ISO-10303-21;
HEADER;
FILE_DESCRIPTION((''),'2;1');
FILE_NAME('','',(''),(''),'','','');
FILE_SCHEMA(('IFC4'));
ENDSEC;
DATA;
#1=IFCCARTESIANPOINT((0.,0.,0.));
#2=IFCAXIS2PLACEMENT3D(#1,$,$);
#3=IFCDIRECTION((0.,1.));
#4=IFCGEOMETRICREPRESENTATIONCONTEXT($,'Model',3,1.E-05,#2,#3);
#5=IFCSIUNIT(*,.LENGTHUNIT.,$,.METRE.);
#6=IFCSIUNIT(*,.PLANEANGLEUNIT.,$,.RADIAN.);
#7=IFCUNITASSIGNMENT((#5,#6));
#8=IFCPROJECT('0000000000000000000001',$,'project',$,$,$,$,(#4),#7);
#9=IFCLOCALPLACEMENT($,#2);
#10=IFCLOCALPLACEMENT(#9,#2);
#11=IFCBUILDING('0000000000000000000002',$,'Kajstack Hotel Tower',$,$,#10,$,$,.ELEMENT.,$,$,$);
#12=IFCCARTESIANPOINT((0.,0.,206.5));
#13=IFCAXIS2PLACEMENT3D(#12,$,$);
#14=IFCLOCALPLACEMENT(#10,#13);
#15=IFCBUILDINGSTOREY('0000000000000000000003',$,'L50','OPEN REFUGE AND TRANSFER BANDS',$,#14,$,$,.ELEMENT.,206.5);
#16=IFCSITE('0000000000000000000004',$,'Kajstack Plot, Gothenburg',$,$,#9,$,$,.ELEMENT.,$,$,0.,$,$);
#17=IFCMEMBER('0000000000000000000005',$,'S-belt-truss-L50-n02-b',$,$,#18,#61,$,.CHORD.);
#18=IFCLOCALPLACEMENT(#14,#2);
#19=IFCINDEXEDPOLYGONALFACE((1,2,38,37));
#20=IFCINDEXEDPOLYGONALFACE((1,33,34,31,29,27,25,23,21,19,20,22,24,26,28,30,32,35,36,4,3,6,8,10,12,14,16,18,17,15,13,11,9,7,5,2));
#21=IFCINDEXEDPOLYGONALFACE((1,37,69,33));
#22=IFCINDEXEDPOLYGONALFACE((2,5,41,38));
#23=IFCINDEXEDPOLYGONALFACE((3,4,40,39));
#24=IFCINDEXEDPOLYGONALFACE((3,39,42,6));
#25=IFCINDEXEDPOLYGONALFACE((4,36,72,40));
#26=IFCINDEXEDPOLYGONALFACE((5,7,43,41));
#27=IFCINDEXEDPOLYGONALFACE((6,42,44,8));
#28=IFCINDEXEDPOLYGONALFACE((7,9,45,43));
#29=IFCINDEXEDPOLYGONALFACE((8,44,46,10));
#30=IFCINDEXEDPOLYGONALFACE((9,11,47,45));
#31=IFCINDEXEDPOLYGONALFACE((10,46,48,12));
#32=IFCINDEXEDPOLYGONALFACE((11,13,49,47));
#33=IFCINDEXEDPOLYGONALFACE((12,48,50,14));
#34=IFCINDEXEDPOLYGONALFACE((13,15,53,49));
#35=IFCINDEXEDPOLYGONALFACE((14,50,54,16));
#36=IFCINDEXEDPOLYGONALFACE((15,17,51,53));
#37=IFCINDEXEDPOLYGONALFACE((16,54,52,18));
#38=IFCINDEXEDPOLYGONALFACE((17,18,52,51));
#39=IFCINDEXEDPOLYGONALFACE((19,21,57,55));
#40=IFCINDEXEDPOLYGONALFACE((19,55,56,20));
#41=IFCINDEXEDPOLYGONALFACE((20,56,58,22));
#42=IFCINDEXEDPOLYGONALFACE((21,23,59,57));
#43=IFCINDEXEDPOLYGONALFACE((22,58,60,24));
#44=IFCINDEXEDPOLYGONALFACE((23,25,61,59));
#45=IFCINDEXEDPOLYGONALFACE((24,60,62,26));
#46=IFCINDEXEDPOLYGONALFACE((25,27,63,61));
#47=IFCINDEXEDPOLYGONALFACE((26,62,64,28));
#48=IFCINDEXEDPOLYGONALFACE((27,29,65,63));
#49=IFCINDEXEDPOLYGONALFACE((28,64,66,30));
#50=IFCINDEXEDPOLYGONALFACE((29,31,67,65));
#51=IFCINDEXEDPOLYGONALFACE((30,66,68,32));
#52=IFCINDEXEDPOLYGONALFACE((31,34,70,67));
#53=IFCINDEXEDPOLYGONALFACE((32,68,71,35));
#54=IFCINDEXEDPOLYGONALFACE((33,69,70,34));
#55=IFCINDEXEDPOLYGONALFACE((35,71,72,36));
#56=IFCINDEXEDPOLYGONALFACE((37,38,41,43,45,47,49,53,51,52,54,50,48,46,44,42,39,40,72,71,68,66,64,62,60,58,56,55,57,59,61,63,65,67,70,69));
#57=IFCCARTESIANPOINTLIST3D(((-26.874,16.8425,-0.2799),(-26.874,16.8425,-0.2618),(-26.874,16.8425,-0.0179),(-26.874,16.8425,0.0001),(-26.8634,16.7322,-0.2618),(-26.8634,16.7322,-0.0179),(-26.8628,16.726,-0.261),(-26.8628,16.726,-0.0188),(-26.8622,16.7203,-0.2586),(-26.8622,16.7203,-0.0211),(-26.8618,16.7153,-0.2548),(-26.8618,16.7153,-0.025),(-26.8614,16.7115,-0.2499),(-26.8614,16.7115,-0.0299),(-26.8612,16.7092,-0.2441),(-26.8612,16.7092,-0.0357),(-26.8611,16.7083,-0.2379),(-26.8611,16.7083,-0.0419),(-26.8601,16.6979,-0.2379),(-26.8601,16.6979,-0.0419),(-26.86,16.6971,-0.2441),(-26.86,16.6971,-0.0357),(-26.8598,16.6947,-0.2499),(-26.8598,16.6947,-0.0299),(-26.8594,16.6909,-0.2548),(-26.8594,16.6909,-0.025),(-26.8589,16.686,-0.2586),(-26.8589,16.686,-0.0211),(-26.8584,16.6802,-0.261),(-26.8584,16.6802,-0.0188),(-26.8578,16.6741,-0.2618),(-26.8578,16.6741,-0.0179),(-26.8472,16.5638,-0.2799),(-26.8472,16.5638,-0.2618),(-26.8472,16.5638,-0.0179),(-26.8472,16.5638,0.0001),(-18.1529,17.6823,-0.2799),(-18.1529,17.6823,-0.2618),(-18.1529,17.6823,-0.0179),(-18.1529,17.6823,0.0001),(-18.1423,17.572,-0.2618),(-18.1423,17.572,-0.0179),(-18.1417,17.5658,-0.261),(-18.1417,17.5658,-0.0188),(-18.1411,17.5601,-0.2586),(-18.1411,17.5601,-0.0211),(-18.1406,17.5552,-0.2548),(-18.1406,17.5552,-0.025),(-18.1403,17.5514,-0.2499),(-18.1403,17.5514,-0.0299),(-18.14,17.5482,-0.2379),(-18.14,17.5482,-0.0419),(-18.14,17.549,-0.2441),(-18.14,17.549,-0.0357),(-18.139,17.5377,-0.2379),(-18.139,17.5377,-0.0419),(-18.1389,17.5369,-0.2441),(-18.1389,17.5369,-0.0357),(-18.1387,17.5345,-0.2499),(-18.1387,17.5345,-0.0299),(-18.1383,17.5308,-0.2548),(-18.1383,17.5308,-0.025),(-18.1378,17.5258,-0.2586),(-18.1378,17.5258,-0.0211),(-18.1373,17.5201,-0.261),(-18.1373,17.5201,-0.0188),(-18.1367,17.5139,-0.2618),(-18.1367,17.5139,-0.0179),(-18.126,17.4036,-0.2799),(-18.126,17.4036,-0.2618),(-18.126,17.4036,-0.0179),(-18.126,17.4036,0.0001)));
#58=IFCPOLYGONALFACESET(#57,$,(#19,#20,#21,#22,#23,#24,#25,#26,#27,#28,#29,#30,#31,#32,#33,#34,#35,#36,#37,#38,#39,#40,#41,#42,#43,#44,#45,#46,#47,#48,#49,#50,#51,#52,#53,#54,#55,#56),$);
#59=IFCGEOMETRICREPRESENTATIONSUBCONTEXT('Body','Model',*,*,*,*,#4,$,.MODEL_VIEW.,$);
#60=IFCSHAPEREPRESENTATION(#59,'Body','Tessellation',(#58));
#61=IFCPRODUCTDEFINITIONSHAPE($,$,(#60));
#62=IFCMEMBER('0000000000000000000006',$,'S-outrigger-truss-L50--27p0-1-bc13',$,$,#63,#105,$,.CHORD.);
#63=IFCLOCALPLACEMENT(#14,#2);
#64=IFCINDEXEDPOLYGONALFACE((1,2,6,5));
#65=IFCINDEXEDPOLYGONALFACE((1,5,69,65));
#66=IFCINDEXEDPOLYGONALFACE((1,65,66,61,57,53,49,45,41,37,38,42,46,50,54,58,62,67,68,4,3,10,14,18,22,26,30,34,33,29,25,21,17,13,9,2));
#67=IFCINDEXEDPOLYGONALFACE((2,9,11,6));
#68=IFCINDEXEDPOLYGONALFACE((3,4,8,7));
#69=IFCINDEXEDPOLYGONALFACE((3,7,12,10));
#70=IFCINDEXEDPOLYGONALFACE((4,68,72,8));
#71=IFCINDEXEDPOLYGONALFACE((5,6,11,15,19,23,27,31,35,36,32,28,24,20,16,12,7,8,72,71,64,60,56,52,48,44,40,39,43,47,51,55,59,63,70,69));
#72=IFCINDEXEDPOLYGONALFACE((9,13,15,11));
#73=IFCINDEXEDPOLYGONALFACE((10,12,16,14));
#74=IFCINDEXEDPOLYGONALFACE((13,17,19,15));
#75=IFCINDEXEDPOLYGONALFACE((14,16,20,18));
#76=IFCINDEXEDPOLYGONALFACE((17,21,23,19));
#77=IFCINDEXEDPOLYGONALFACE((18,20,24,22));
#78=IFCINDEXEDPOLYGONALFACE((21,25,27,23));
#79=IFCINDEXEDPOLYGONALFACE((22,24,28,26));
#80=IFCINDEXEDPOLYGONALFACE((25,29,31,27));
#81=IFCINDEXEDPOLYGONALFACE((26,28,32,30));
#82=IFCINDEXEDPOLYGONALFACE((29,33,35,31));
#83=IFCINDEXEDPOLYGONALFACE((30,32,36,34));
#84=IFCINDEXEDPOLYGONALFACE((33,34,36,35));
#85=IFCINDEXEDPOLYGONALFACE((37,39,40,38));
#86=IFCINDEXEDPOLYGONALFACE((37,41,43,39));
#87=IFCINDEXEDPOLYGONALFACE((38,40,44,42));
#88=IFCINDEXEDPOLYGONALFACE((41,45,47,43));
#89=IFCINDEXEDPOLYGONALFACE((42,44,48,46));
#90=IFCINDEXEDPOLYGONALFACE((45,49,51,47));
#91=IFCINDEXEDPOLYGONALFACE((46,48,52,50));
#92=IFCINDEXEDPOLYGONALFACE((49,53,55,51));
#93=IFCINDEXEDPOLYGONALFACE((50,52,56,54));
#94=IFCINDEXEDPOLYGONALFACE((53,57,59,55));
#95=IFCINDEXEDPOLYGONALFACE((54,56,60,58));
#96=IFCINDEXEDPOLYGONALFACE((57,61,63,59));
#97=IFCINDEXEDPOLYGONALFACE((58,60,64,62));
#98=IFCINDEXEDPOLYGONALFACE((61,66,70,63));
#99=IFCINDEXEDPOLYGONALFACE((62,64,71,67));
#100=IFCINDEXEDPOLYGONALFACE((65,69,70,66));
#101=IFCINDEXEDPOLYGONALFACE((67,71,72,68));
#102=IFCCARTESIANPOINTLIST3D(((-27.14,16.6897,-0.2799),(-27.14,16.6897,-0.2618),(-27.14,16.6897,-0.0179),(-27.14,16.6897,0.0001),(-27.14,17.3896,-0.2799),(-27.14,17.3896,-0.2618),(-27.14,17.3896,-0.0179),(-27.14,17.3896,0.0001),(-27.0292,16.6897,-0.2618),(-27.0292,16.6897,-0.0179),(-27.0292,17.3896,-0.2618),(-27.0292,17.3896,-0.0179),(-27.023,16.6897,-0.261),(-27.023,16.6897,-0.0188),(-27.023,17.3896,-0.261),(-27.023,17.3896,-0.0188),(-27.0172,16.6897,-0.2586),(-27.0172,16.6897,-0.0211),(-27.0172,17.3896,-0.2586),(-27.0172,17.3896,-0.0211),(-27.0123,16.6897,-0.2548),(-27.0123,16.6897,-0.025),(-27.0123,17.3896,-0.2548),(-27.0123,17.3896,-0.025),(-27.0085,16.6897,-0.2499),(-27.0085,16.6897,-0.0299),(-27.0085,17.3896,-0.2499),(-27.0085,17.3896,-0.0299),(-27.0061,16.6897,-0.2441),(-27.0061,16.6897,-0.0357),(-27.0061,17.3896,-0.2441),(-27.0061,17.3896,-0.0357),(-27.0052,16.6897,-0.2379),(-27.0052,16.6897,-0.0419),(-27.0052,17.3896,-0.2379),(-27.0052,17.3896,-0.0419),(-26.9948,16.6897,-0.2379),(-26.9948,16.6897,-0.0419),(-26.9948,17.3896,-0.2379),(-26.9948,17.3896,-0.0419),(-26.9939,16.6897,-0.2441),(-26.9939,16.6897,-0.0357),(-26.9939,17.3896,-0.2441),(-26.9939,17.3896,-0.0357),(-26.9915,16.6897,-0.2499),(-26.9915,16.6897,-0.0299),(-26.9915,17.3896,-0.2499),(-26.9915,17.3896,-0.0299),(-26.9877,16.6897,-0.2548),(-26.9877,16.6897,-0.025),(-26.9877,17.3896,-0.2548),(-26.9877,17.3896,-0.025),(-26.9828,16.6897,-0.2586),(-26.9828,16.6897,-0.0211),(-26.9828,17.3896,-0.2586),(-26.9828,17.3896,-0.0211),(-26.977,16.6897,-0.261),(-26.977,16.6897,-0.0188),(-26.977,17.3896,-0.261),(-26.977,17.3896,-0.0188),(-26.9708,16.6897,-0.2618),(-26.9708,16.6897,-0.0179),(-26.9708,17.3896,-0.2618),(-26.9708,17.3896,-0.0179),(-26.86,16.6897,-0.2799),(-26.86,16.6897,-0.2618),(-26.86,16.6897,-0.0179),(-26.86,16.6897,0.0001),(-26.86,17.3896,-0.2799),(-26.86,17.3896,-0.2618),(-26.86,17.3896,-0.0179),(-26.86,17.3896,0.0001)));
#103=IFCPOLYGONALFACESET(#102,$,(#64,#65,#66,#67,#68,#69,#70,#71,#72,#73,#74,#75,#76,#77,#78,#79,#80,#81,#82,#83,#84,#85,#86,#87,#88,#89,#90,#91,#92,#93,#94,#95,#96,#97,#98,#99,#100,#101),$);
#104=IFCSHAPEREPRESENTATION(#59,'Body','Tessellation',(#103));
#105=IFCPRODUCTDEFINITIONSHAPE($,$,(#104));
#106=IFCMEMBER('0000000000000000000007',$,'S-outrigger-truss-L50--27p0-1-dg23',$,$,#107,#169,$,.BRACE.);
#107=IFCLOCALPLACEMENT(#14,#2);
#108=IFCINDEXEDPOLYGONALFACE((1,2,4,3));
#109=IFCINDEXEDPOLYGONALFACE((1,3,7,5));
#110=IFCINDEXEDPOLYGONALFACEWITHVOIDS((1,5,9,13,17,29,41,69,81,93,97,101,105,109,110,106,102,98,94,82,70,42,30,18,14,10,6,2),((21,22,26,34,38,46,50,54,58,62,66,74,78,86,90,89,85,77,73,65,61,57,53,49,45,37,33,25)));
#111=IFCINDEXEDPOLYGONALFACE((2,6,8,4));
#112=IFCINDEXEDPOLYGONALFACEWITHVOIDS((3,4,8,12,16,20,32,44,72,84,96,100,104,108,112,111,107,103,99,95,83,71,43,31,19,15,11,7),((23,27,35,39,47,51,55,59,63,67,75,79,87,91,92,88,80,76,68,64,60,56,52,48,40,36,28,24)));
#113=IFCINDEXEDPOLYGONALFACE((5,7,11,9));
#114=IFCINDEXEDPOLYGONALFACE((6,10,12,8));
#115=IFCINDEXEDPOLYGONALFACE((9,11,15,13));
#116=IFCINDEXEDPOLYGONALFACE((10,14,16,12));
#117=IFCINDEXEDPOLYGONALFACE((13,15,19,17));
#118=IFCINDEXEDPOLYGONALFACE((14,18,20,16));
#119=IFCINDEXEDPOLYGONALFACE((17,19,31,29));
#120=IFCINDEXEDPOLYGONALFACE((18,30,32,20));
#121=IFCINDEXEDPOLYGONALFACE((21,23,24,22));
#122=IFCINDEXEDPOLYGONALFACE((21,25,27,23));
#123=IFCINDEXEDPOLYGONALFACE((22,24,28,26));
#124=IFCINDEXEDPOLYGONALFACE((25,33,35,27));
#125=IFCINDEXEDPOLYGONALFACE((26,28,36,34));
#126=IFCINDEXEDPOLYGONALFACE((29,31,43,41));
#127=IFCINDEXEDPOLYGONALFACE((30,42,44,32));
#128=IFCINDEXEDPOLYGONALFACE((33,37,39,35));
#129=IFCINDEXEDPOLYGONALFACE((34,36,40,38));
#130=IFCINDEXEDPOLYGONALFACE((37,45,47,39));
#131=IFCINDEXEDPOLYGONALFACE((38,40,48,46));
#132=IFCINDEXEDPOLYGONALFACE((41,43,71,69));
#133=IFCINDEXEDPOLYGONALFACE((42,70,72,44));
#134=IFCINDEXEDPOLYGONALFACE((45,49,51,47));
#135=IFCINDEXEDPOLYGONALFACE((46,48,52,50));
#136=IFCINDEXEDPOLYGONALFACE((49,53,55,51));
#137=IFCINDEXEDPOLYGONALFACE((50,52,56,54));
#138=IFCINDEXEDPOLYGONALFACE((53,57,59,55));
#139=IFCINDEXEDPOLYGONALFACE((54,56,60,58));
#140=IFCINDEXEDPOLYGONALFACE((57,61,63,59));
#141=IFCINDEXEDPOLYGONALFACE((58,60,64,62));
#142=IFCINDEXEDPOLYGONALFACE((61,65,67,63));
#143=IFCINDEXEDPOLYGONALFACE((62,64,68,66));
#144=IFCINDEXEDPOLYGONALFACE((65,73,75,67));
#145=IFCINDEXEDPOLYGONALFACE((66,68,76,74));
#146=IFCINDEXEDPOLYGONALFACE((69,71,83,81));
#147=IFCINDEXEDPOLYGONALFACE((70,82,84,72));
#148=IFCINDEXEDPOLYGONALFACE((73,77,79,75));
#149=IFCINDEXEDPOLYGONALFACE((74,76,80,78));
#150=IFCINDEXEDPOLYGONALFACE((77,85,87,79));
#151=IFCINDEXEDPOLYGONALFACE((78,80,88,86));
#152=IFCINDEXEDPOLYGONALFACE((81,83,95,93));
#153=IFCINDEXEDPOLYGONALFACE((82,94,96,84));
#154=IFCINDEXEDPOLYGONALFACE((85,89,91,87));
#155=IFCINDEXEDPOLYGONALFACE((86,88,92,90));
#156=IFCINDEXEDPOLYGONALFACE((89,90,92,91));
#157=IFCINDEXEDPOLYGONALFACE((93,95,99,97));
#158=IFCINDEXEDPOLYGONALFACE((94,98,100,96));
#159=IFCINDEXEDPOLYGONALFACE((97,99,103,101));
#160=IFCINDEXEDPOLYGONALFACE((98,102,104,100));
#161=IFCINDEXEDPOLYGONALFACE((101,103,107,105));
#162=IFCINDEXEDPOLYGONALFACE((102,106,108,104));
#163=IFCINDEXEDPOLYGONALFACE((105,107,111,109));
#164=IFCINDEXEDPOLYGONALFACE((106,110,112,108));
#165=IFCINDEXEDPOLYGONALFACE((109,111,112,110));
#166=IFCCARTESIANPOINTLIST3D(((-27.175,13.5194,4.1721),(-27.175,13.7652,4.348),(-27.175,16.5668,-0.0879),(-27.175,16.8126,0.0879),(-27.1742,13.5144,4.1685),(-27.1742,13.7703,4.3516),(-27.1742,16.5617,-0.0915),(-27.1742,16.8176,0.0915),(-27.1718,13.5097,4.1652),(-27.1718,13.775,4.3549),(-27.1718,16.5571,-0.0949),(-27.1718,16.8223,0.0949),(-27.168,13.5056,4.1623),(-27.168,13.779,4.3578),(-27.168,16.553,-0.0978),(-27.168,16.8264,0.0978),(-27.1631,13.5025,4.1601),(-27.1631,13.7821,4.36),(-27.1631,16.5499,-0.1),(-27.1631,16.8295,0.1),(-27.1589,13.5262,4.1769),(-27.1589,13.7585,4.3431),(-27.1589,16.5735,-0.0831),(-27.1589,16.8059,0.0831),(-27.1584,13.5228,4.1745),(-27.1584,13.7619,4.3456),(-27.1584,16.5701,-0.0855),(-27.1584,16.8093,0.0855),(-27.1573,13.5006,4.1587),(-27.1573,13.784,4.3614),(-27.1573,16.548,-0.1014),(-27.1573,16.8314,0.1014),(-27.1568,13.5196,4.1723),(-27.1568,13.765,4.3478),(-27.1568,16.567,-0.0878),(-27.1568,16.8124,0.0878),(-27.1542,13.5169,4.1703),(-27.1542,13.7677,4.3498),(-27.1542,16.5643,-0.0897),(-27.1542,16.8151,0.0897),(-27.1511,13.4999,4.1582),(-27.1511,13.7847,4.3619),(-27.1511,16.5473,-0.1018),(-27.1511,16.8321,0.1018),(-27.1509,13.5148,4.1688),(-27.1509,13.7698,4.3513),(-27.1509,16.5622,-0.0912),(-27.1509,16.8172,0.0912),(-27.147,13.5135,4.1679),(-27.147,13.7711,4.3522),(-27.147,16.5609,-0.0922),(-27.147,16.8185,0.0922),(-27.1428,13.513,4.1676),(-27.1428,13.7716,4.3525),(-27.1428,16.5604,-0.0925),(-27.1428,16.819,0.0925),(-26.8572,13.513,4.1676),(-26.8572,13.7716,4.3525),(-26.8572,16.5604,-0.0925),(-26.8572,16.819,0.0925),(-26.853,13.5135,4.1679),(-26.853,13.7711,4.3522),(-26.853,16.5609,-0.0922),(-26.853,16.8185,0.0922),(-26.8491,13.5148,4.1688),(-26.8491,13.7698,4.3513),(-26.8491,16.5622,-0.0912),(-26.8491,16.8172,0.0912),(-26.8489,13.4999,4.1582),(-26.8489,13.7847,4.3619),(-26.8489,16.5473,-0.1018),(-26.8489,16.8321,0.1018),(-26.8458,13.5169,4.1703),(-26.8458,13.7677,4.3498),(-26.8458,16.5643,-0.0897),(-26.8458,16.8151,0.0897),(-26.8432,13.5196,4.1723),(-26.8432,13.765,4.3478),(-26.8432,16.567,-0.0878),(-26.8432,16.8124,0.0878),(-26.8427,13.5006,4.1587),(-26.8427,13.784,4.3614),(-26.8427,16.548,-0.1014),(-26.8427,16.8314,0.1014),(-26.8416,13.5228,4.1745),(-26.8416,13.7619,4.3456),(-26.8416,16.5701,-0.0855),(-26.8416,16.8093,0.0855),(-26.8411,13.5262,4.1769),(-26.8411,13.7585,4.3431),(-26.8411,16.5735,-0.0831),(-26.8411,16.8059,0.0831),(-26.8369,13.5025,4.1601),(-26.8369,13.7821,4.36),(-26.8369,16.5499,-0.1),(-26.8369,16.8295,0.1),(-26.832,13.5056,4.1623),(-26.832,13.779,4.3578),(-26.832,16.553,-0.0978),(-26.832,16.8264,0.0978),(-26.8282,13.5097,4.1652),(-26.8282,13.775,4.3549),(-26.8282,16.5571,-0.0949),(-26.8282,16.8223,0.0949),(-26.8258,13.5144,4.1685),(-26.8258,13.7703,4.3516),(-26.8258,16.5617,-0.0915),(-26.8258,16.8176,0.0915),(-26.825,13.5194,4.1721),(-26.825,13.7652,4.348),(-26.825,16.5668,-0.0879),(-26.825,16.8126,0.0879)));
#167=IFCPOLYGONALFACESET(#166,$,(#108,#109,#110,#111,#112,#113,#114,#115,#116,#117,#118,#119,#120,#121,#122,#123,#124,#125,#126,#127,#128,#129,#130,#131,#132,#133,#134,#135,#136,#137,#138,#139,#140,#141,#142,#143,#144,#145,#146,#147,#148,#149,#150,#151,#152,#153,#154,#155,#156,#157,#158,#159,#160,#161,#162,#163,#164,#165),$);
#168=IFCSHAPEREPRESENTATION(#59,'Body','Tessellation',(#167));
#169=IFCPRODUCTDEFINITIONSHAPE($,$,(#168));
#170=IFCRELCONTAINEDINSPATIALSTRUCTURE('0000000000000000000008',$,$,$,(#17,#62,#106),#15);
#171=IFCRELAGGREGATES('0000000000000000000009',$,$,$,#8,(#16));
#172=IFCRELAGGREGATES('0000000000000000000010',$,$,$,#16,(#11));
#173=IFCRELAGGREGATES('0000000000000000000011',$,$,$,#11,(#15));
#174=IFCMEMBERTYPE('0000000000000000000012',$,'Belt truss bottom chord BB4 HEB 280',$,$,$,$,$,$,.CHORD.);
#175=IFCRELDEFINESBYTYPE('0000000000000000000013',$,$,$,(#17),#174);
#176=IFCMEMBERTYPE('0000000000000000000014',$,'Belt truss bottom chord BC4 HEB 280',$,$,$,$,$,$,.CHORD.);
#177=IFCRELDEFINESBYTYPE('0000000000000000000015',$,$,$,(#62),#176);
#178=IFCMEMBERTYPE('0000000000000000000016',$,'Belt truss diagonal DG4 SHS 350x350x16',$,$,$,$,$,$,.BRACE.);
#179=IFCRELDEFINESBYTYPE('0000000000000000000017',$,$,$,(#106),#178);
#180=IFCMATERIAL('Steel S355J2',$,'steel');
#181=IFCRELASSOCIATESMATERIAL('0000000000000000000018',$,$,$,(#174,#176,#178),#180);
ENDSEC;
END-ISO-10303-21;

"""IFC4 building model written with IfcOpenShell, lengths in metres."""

from ifc_helpers import new_model, si_unit, direction, frame, origin, origin_2d, place, context, subcontext, project, spatial, hollow_rectangle, i_section, extrude, material, material_profile, profile_set, type_object, element, save


model = new_model("IFC4")

# Units and contexts
model_context = context("Model", 3, precision=1e-05, world=origin(), true_north=direction((0.0, 1.0)))
body_context = subcontext(model_context, "Body", "Model", "MODEL_VIEW")
ifc_project = project(units=[si_unit("LENGTHUNIT", "METRE"), si_unit("PLANEANGLEUNIT", "RADIAN")], contexts=[model_context])

# Site, building, storey
site_placement = place(None, origin())
site = spatial("IfcSite", under=ifc_project, at=site_placement, Name="Kajstack Plot, Gothenburg", CompositionType="ELEMENT", RefElevation=0.0)
building_placement = place(site_placement, origin())
building = spatial("IfcBuilding", under=site, at=building_placement, Name="Kajstack Hotel Tower", CompositionType="ELEMENT")
storey_placement = place(building_placement, frame((0.0, 0.0, 206.5)))
storey = spatial("IfcBuildingStorey", under=building, at=storey_placement, Name="L50", Description="OPEN REFUGE AND TRANSFER BANDS", CompositionType="ELEMENT", Elevation=206.5)

# Members
ifc_material_1 = material(Name="Steel S355J2", Category="steel")
ifc_material_profile_1 = material_profile(ifc_material_1, i_section(OverallWidth=0.28, OverallDepth=0.28, WebThickness=0.0105, FlangeThickness=0.0181, FilletRadius=0.0239, at=origin_2d()), Name="HEB 280")
ifc_profile_set_1 = profile_set([ifc_material_profile_1], Name="Steel S355J2")
member_type_1 = type_object("IfcMemberType", Name="Belt truss bottom chord BB4 HEB 280", PredefinedType="CHORD", material=ifc_profile_set_1)
member_1_placement = place(storey_placement, frame((-26.8606, 16.7031, -0.1399), z_axis=(0.995395, 0.095856, 0.0), x_axis=(-0.095856, 0.995395, 0.0)))
element("IfcMember", 1, at=member_1_placement, inside=storey, type_object=member_type_1, Name="S-belt-truss-L50-n02-b", PredefinedType="CHORD", context=body_context, shape_type="SweptSolid", body=[
    extrude(i_section(OverallWidth=0.28, OverallDepth=0.28, WebThickness=0.0105, FlangeThickness=0.0181, FilletRadius=0.0239, at=origin_2d()), origin(), (0.0, 0.0, 1.0), 8.7615),
])
ifc_material_profile_2 = material_profile(ifc_material_1, i_section(OverallWidth=0.28, OverallDepth=0.28, WebThickness=0.0105, FlangeThickness=0.0181, FilletRadius=0.0239, at=origin_2d()), Name="HEB 280")
ifc_profile_set_2 = profile_set([ifc_material_profile_2], Name="Steel S355J2")
member_type_2 = type_object("IfcMemberType", Name="Belt truss bottom chord BC4 HEB 280", PredefinedType="CHORD", material=ifc_profile_set_2)
member_2_placement = place(storey_placement, frame((-27.0, 16.6897, -0.1399), z_axis=(0.0, 1.0, 0.0), x_axis=(-1.0, 0.0, 0.0)))
element("IfcMember", 2, at=member_2_placement, inside=storey, type_object=member_type_2, Name="S-outrigger-truss-L50--27p0-1-bc13", PredefinedType="CHORD", context=body_context, shape_type="SweptSolid", body=[
    extrude(i_section(OverallWidth=0.28, OverallDepth=0.28, WebThickness=0.0105, FlangeThickness=0.0181, FilletRadius=0.0239, at=origin_2d()), origin(), (0.0, 0.0, 1.0), 0.7),
])
ifc_material_profile_3 = material_profile(ifc_material_1, hollow_rectangle(XDim=0.3501, YDim=0.3501, WallThickness=0.0161, InnerFilletRadius=0.0161, OuterFilletRadius=0.0239, at=origin_2d()), Name="SHS 350x350x16")
ifc_profile_set_3 = profile_set([ifc_material_profile_3], Name="Steel S355J2")
member_type_3 = type_object("IfcMemberType", Name="Belt truss diagonal DG4 SHS 350x350x16", PredefinedType="BRACE", material=ifc_profile_set_3)
member_3_placement = place(storey_placement, frame((-27.0, 16.6897, 0.0), z_axis=(0.0, -0.581807, 0.813327), x_axis=(1.0, 0.0, 0.0)))
element("IfcMember", 3, at=member_3_placement, inside=storey, type_object=member_type_3, Name="S-outrigger-truss-L50--27p0-1-dg23", PredefinedType="BRACE", context=body_context, shape_type="SweptSolid", body=[
    extrude(hollow_rectangle(XDim=0.3501, YDim=0.3501, WallThickness=0.0161, InnerFilletRadius=0.0161, OuterFilletRadius=0.0239, at=origin_2d()), origin(), (0.0, 0.0, 1.0), 5.2378),
])

save(model, "model.ifc")
